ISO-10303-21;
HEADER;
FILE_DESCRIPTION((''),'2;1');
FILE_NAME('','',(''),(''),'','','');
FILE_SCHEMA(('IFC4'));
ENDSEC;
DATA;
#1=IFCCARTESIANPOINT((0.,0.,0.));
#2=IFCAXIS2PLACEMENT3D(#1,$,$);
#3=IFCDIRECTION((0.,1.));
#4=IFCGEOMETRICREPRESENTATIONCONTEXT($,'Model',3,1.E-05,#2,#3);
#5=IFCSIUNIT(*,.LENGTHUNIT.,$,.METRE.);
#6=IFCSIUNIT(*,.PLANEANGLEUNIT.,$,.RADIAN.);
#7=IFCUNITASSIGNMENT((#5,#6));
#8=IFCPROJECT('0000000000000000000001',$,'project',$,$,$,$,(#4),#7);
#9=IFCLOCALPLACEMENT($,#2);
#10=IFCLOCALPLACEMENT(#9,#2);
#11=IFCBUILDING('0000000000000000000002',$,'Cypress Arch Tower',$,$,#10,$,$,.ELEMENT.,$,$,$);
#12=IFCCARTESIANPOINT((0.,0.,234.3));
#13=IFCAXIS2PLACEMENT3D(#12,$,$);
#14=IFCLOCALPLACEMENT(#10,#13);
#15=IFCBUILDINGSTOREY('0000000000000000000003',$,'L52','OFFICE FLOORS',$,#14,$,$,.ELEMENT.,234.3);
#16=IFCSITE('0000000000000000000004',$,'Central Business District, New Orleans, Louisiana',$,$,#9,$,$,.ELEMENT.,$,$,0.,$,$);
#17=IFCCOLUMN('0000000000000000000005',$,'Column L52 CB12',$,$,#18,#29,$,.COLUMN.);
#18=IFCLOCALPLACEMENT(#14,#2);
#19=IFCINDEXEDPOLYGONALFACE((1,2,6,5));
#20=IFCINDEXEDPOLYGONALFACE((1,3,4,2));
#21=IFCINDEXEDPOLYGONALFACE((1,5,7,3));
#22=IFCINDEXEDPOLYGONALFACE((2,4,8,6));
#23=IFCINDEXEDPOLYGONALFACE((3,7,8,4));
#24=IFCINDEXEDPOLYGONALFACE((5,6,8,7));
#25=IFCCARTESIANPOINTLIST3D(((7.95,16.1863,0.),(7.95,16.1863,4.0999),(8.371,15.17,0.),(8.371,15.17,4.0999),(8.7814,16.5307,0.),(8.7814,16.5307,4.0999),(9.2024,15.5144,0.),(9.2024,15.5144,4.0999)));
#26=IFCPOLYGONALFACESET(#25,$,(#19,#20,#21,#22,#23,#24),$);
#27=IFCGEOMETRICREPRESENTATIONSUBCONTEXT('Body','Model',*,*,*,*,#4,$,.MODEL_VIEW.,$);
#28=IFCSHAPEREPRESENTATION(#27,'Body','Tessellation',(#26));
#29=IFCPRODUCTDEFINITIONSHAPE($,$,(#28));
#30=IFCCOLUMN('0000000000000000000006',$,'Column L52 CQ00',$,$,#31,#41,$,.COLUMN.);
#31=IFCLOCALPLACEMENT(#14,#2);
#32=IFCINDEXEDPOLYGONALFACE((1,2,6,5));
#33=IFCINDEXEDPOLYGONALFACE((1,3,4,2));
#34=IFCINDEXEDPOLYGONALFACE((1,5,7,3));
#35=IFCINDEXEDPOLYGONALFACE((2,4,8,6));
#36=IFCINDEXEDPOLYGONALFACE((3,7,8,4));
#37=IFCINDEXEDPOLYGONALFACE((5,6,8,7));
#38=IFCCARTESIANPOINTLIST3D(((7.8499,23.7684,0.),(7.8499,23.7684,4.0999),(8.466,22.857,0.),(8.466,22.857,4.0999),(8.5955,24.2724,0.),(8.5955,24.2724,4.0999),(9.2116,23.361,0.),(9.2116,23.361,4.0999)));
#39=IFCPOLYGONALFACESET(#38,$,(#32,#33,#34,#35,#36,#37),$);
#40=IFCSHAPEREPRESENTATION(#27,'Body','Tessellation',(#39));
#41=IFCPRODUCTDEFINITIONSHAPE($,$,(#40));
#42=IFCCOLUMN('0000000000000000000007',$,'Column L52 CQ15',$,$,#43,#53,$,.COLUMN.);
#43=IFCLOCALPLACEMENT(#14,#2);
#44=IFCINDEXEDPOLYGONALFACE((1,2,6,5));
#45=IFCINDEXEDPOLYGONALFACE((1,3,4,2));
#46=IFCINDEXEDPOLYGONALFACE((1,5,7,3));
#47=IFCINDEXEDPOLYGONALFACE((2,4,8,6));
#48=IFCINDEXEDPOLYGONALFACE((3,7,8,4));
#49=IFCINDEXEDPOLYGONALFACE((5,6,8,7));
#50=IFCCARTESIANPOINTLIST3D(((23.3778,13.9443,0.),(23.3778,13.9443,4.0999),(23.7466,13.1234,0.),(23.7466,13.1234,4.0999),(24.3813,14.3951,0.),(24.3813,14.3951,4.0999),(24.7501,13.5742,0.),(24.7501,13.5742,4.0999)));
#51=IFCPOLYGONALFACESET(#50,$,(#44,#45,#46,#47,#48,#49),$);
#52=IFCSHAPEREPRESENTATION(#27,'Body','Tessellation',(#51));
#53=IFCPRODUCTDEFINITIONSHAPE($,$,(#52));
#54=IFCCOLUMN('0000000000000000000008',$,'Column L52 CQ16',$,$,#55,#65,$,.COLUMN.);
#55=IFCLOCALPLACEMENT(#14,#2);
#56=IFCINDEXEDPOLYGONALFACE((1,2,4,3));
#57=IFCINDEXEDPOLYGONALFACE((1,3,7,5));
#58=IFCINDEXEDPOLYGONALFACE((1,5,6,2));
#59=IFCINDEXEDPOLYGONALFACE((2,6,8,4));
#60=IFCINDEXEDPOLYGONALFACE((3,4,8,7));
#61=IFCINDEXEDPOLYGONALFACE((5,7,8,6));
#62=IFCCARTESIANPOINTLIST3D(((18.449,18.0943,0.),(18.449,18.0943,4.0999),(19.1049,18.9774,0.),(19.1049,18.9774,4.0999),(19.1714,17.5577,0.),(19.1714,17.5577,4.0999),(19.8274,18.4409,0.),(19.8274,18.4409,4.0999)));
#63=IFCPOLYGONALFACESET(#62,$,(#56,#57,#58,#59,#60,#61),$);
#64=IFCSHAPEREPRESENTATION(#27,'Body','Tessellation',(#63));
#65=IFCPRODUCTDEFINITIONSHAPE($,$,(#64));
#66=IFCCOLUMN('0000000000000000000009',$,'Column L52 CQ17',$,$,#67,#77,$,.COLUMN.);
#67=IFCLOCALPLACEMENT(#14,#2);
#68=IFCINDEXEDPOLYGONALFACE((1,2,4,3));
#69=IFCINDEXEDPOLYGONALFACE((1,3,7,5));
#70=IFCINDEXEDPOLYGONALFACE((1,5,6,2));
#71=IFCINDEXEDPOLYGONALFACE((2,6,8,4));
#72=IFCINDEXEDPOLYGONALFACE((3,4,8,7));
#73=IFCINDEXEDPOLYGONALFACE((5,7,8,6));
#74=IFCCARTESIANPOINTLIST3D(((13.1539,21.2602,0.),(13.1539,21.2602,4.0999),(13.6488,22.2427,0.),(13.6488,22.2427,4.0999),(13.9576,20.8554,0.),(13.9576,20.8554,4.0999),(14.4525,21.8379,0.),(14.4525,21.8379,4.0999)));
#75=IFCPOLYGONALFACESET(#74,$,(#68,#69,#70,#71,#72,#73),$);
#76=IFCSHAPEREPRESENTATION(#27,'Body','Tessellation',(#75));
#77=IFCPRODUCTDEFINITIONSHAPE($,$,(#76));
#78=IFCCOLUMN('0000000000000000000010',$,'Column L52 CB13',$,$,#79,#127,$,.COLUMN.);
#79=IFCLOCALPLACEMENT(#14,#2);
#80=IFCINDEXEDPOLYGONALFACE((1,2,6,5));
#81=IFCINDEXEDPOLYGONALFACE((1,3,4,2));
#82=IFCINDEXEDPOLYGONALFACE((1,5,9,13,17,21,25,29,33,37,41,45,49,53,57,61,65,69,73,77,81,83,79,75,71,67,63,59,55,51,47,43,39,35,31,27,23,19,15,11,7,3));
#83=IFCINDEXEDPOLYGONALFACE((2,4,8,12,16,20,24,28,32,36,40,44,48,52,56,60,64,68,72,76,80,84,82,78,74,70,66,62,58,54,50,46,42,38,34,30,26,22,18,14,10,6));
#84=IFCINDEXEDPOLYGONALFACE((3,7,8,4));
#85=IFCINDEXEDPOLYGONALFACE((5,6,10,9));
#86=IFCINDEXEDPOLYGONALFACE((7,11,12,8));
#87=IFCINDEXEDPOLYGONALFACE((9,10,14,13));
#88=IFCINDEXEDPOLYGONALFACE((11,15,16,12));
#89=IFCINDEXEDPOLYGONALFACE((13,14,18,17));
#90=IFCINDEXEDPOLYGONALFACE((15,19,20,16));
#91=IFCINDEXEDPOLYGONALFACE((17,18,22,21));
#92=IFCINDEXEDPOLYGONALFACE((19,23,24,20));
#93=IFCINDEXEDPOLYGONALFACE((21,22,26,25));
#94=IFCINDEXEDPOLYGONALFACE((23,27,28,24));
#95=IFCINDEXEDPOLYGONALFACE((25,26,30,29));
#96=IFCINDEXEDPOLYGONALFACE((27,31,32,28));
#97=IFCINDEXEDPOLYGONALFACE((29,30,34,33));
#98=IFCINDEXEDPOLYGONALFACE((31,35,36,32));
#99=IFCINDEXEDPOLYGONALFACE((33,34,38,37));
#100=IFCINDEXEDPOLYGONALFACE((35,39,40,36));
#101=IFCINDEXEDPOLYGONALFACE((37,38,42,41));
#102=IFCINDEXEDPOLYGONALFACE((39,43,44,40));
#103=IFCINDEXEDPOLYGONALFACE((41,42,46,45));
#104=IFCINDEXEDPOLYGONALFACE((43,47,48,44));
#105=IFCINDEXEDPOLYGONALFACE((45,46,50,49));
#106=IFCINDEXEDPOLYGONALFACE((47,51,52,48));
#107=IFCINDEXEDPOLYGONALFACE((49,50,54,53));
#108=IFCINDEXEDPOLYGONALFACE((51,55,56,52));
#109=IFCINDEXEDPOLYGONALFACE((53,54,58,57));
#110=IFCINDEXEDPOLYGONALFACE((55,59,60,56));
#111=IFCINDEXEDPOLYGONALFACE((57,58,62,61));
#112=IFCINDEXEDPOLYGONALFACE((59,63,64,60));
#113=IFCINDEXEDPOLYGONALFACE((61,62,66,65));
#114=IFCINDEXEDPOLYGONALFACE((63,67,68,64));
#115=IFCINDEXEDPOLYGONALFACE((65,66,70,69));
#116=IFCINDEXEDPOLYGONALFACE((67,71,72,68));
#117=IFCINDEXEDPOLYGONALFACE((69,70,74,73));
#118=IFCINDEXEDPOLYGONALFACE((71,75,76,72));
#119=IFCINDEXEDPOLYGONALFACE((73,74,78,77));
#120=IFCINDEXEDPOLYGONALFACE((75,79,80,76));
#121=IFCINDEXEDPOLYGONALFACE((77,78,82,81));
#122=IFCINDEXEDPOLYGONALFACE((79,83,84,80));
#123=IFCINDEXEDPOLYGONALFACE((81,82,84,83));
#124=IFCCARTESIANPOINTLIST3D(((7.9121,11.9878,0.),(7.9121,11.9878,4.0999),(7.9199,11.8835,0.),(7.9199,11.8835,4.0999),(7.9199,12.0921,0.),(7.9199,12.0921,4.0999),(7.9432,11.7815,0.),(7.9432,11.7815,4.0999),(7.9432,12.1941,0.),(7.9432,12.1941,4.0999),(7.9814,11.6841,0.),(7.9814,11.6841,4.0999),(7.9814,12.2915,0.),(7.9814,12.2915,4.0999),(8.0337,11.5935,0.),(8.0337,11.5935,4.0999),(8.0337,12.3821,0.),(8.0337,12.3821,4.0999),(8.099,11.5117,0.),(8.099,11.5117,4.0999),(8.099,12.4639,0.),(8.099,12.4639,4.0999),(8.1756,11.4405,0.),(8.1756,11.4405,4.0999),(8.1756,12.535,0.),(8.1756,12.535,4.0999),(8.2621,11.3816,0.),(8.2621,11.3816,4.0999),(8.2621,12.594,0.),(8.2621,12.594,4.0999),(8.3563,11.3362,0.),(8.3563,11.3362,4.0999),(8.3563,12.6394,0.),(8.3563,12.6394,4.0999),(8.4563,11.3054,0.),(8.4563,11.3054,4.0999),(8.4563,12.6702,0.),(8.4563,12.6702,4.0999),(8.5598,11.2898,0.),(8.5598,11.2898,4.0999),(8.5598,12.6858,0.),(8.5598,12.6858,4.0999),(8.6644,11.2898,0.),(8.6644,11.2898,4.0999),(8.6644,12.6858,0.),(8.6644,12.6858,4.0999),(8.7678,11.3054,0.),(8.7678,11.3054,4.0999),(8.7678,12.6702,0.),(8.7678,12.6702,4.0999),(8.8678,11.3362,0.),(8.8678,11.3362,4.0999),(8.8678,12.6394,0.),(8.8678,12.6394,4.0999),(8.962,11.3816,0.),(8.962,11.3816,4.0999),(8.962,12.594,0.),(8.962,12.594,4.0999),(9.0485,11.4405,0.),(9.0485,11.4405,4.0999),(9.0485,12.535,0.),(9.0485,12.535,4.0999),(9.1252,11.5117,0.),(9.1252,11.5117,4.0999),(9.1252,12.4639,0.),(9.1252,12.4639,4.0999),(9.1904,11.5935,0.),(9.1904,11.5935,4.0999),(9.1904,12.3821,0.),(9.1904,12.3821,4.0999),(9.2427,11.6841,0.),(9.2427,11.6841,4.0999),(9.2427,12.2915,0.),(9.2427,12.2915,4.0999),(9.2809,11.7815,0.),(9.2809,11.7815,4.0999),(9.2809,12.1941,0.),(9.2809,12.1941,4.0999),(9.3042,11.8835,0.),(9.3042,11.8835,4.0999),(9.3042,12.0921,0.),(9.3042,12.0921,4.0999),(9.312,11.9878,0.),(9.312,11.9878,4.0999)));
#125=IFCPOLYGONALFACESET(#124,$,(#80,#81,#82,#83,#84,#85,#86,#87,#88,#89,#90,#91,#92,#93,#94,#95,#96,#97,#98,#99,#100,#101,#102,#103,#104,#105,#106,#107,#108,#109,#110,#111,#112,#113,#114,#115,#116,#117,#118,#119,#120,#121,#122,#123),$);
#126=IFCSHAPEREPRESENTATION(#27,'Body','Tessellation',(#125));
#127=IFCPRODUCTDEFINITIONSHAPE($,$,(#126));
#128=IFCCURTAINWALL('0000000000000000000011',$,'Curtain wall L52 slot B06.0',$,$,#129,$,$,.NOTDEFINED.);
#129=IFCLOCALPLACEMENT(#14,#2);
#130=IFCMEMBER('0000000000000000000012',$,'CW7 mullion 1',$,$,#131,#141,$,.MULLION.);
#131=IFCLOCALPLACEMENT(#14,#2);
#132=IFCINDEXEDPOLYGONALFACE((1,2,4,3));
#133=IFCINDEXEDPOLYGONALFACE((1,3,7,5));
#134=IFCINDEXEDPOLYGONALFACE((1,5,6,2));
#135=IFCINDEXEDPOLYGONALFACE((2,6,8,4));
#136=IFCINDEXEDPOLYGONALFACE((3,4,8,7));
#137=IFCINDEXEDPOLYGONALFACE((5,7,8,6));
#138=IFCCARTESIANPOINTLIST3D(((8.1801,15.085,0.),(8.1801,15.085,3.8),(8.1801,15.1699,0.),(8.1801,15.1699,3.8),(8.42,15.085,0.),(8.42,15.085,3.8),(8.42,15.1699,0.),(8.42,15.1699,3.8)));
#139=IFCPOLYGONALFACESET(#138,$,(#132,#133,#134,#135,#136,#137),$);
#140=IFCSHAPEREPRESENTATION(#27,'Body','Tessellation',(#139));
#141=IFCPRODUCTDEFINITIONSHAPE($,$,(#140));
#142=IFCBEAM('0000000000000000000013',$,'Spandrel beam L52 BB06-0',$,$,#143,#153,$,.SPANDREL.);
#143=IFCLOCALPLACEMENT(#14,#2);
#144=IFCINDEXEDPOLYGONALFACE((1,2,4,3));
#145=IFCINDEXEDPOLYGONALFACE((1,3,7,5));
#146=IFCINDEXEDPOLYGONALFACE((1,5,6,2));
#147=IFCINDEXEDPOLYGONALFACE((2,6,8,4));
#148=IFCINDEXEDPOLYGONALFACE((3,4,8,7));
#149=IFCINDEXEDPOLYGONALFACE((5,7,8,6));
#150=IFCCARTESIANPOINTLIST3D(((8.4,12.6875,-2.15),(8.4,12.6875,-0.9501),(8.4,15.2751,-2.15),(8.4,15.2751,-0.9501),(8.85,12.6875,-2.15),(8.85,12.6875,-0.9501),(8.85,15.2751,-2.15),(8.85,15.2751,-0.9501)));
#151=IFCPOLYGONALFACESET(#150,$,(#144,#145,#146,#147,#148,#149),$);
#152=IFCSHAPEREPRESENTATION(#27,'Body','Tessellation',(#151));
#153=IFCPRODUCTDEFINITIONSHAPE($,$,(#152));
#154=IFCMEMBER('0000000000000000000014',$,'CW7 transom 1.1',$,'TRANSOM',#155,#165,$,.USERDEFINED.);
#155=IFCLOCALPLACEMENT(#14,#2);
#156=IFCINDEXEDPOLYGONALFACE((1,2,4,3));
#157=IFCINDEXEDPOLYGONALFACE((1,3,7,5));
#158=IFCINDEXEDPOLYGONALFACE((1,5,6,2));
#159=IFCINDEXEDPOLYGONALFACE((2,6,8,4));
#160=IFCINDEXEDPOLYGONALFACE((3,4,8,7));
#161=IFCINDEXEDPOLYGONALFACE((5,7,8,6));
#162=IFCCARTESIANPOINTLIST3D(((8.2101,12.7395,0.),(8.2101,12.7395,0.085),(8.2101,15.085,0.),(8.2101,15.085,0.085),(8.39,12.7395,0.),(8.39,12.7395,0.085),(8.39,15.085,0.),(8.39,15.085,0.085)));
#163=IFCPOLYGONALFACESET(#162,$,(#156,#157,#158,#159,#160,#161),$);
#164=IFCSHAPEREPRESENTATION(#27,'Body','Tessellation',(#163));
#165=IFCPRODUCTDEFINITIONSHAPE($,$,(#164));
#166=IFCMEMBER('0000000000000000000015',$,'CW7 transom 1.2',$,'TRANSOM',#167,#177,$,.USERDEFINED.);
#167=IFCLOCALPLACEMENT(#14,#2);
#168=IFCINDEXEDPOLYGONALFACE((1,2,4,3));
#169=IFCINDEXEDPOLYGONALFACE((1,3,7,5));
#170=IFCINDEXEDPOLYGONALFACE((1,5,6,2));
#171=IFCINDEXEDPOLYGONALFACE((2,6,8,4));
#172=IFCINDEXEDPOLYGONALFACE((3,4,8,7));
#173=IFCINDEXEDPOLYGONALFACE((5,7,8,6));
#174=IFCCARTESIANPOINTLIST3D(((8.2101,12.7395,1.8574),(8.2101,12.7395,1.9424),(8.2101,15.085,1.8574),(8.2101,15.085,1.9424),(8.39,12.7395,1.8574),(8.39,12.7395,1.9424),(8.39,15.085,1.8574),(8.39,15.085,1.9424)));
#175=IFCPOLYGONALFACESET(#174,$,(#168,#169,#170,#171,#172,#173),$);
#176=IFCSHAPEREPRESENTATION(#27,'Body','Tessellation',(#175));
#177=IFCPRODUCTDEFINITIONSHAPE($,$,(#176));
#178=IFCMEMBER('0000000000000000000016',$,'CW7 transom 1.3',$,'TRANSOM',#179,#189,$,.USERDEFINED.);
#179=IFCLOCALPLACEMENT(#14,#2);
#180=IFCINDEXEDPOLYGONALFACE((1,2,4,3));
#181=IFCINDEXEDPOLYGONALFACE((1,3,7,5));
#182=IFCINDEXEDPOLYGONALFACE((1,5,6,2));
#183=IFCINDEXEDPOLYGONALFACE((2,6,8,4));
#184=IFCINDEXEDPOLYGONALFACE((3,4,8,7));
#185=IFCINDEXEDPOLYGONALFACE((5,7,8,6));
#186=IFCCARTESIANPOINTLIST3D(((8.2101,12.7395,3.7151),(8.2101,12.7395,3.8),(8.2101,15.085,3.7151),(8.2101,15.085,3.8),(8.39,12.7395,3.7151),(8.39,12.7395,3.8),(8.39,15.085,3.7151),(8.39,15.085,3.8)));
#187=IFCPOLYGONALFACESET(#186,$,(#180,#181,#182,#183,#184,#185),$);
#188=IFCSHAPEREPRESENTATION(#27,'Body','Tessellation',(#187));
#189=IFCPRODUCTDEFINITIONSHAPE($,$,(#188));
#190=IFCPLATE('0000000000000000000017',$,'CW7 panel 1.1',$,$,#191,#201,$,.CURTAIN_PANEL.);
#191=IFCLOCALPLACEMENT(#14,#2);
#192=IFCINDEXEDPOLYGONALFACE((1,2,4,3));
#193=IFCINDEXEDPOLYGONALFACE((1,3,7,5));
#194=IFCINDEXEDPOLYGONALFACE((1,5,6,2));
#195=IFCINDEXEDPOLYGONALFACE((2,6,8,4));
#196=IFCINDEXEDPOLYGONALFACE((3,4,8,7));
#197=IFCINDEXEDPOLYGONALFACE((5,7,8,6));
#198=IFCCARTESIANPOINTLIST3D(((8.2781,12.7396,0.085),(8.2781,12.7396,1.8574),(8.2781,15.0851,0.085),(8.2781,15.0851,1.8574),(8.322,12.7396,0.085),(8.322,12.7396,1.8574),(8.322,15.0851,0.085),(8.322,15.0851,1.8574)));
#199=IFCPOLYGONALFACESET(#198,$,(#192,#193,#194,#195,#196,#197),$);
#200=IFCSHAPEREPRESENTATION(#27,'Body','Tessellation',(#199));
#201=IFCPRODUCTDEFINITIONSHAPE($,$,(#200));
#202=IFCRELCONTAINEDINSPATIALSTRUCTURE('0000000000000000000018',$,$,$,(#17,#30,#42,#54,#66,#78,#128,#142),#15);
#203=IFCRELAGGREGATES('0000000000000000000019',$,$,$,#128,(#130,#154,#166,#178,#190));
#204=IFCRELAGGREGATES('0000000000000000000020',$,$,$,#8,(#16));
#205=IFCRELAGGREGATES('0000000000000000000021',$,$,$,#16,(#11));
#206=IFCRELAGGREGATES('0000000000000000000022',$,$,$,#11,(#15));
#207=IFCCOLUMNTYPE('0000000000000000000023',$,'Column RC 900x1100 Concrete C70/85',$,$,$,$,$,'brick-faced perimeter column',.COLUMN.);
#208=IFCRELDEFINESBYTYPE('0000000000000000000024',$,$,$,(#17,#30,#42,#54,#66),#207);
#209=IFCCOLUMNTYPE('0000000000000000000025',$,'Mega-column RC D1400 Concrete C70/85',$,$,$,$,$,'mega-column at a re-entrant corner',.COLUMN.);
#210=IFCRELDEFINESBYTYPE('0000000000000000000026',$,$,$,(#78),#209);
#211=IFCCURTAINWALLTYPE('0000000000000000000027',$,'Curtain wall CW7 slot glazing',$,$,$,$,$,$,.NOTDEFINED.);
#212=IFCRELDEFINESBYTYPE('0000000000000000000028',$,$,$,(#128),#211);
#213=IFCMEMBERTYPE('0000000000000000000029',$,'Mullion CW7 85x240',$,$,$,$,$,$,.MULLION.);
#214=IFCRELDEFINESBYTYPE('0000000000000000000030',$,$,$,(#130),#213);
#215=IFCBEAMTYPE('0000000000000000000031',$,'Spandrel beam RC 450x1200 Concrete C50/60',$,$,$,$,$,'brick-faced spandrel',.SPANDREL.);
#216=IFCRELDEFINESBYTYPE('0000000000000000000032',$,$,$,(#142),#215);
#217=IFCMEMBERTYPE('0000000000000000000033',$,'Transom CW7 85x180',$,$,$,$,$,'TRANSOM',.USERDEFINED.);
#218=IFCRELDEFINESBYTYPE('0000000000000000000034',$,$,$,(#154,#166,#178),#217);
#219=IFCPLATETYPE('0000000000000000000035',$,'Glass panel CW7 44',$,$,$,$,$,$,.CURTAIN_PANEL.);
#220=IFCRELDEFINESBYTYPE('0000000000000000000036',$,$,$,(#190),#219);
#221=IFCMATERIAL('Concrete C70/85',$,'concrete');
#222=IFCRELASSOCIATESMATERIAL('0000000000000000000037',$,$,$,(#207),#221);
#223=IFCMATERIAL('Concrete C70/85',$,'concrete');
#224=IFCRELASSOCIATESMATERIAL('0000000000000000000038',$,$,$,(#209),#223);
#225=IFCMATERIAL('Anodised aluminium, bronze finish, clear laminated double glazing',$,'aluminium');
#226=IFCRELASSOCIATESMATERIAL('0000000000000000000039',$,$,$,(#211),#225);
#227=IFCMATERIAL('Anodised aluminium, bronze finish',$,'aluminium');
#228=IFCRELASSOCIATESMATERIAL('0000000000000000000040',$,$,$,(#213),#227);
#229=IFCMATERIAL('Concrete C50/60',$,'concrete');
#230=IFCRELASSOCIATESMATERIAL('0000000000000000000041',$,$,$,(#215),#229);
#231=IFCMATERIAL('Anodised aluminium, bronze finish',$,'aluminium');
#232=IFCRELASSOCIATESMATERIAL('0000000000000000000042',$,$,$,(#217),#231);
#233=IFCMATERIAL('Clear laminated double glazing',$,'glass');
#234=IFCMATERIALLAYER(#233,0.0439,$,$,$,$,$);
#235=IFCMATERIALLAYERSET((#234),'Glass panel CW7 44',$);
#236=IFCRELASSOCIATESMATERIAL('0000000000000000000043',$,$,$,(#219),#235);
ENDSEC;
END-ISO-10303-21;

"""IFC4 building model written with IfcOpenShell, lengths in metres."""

from ifc_helpers import new_model, si_unit, direction, frame, origin, origin_2d, place, context, subcontext, project, spatial, rectangle, circle, extrude, material, layer, layer_set, material_profile, profile_set, type_object, element, aggregate, save


model = new_model("IFC4")

# Units and contexts
model_context = context("Model", 3, precision=1e-05, world=origin(), true_north=direction((0.0, 1.0)))
body_context = subcontext(model_context, "Body", "Model", "MODEL_VIEW")
ifc_project = project(units=[si_unit("LENGTHUNIT", "METRE"), si_unit("PLANEANGLEUNIT", "RADIAN")], contexts=[model_context])

# Site, building, storey
site_placement = place(None, origin())
site = spatial("IfcSite", under=ifc_project, at=site_placement, Name="Central Business District, New Orleans, Louisiana", CompositionType="ELEMENT", RefElevation=0.0)
building_placement = place(site_placement, origin())
building = spatial("IfcBuilding", under=site, at=building_placement, Name="Cypress Arch Tower", CompositionType="ELEMENT")
storey_placement = place(building_placement, frame((0.0, 0.0, 234.3)))
storey = spatial("IfcBuildingStorey", under=building, at=storey_placement, Name="L52", Description="OFFICE FLOORS", CompositionType="ELEMENT", Elevation=234.3)

# Columns
ifc_material_1 = material(Name="Concrete C70/85", Category="concrete")
ifc_material_profile_1 = material_profile(ifc_material_1, rectangle(XDim=0.8999, YDim=1.1001, at=origin_2d()), Name="RC 900x1100")
ifc_profile_set_1 = profile_set([ifc_material_profile_1], Name="Concrete C70/85")
column_type_1 = type_object("IfcColumnType", Name="Column RC 900x1100 Concrete C70/85", ElementType="brick-faced perimeter column", PredefinedType="COLUMN", material=ifc_profile_set_1)
for number, where, z_axis, x_axis, name in (
    (1, (8.5762, 15.8503, 0.0), (0.0, 0.0, 1.0), (-0.92388, -0.382683, 0.0), "Column L52 CB12"),
    (2, (8.5308, 23.5647, 0.0), (0.0, 0.0, 1.0), (-0.82847, -0.560034, 0.0), "Column L52 CQ00"),
    (3, (24.064, 13.7593, 0.0), (0.0, 0.0, 1.0), (-0.409765, 0.912191, 0.0), "Column L52 CQ15"),
    (4, (19.1382, 18.2676, 0.0), (0.0, 0.0, 1.0), (-0.802799, 0.59625, 0.0), "Column L52 CQ16"),
    (5, (13.8032, 21.5491, 0.0), (0.0, 0.0, 1.0), (-0.893106, 0.449845, 0.0), "Column L52 CQ17"),
):
    element("IfcColumn", number, at=place(storey_placement, frame(where, z_axis=z_axis, x_axis=x_axis)), inside=storey, type_object=column_type_1, Name=name, PredefinedType="COLUMN", context=body_context, shape_type="SweptSolid", body=[
        extrude(rectangle(XDim=0.8999, YDim=1.1001, at=origin_2d()), origin(), (0.0, 0.0, 1.0), 4.0999),
    ])
ifc_material_2 = material(Name="Concrete C70/85", Category="concrete")
ifc_material_profile_2 = material_profile(ifc_material_2, circle(Radius=0.7, at=origin_2d()), Name="RC D1400")
ifc_profile_set_2 = profile_set([ifc_material_profile_2], Name="Concrete C70/85")
column_type_2 = type_object("IfcColumnType", Name="Mega-column RC D1400 Concrete C70/85", ElementType="mega-column at a re-entrant corner", PredefinedType="COLUMN", material=ifc_profile_set_2)
column_placement = place(storey_placement, frame((8.6121, 11.9878, 0.0), z_axis=(0.0, 0.0, 1.0), x_axis=(1.0, 0.0, 0.0)))
element("IfcColumn", 6, at=column_placement, inside=storey, type_object=column_type_2, Name="Column L52 CB13", PredefinedType="COLUMN", context=body_context, shape_type="SweptSolid", body=[
    extrude(circle(Radius=0.7, at=origin_2d()), origin(), (0.0, 0.0, 1.0), 4.0999),
])

# Curtain wall, member
ifc_material_3 = material(Name="Anodised aluminium, bronze finish, clear laminated double glazing", Category="aluminium")
curtain_wall_type = type_object("IfcCurtainWallType", Name="Curtain wall CW7 slot glazing", PredefinedType="NOTDEFINED", material=ifc_material_3)
curtain_wall_placement = place(storey_placement, origin())
curtain_wall = element("IfcCurtainWall", 7, at=curtain_wall_placement, inside=storey, type_object=curtain_wall_type, Name="Curtain wall L52 slot B06.0", PredefinedType="NOTDEFINED")
ifc_material_4 = material(Name="Anodised aluminium, bronze finish", Category="aluminium")
ifc_material_profile_3 = material_profile(ifc_material_4, rectangle(XDim=0.24, YDim=0.085, at=origin_2d()), Name="Mullion 85x240")
ifc_profile_set_3 = profile_set([ifc_material_profile_3], Name="Anodised aluminium, bronze finish")
member_type_1 = type_object("IfcMemberType", Name="Mullion CW7 85x240", PredefinedType="MULLION", material=ifc_profile_set_3)
member_1_placement = place(storey_placement, frame((8.3, 15.1274, 0.0), z_axis=(0.0, 0.0, 1.0), x_axis=(1.0, 0.0, 0.0)))
member_1 = element("IfcMember", 8, at=member_1_placement, type_object=member_type_1, Name="CW7 mullion 1", PredefinedType="MULLION", context=body_context, shape_type="SweptSolid", body=[
    extrude(rectangle(XDim=0.24, YDim=0.085, at=origin_2d()), origin(), (0.0, 0.0, 1.0), 3.8),
])

# Beam
ifc_material_5 = material(Name="Concrete C50/60", Category="concrete")
ifc_material_profile_4 = material_profile(ifc_material_5, rectangle(XDim=0.45, YDim=1.2, at=origin_2d()), Name="RC 450x1200")
ifc_profile_set_4 = profile_set([ifc_material_profile_4], Name="Concrete C50/60")
beam_type = type_object("IfcBeamType", Name="Spandrel beam RC 450x1200 Concrete C50/60", ElementType="brick-faced spandrel", PredefinedType="SPANDREL", material=ifc_profile_set_4)
beam_placement = place(storey_placement, frame((8.625, 15.2751, -1.55), z_axis=(0.0, -1.0, 0.0), x_axis=(1.0, 0.0, 0.0)))
element("IfcBeam", 9, at=beam_placement, inside=storey, type_object=beam_type, Name="Spandrel beam L52 BB06-0", PredefinedType="SPANDREL", context=body_context, shape_type="SweptSolid", body=[
    extrude(rectangle(XDim=0.45, YDim=1.2, at=origin_2d()), origin(), (0.0, 0.0, 1.0), 2.5876),
])

# Members
ifc_material_6 = material(Name="Anodised aluminium, bronze finish", Category="aluminium")
ifc_material_profile_5 = material_profile(ifc_material_6, rectangle(XDim=0.1799, YDim=0.085, at=origin_2d()), Name="Transom 85x180")
ifc_profile_set_5 = profile_set([ifc_material_profile_5], Name="Anodised aluminium, bronze finish")
member_type_2 = type_object("IfcMemberType", Name="Transom CW7 85x180", ElementType="TRANSOM", PredefinedType="USERDEFINED", material=ifc_profile_set_5)
member_2_placement = place(storey_placement, frame((8.3, 15.085, 0.0425), z_axis=(0.0, -1.0, 0.0), x_axis=(1.0, 0.0, 0.0)))
member_2 = element("IfcMember", 10, at=member_2_placement, type_object=member_type_2, Name="CW7 transom 1.1", ObjectType="TRANSOM", PredefinedType="USERDEFINED", context=body_context, shape_type="SweptSolid", body=[
    extrude(rectangle(XDim=0.1799, YDim=0.085, at=origin_2d()), origin(), (0.0, 0.0, 1.0), 2.3455),
])
member_3_placement = place(storey_placement, frame((8.3, 15.085, 1.8999), z_axis=(0.0, -1.0, 0.0), x_axis=(1.0, 0.0, 0.0)))
member_3 = element("IfcMember", 11, at=member_3_placement, type_object=member_type_2, Name="CW7 transom 1.2", ObjectType="TRANSOM", PredefinedType="USERDEFINED", context=body_context, shape_type="SweptSolid", body=[
    extrude(rectangle(XDim=0.1799, YDim=0.085, at=origin_2d()), origin(), (0.0, 0.0, 1.0), 2.3455),
])
member_4_placement = place(storey_placement, frame((8.3, 15.085, 3.7576), z_axis=(0.0, -1.0, 0.0), x_axis=(1.0, 0.0, 0.0)))
member_4 = element("IfcMember", 12, at=member_4_placement, type_object=member_type_2, Name="CW7 transom 1.3", ObjectType="TRANSOM", PredefinedType="USERDEFINED", context=body_context, shape_type="SweptSolid", body=[
    extrude(rectangle(XDim=0.1799, YDim=0.085, at=origin_2d()), origin(), (0.0, 0.0, 1.0), 2.3455),
])

# Plate
ifc_material_7 = material(Name="Clear laminated double glazing", Category="glass")
ifc_layer_1 = layer(ifc_material_7, 0.0439)
ifc_layer_set_1 = layer_set([ifc_layer_1], Name="Glass panel CW7 44")
plate_type = type_object("IfcPlateType", Name="Glass panel CW7 44", PredefinedType="CURTAIN_PANEL", material=ifc_layer_set_1)
plate_1_placement = place(storey_placement, frame((8.3, 13.9124, 0.085), z_axis=(0.0, 0.0, 1.0), x_axis=(0.0, -1.0, 0.0)))
plate_1 = element("IfcPlate", 13, at=plate_1_placement, type_object=plate_type, Name="CW7 panel 1.1", PredefinedType="CURTAIN_PANEL", context=body_context, shape_type="SweptSolid", body=[
    extrude(rectangle(XDim=2.3455, YDim=0.0439, at=origin_2d()), origin(), (0.0, 0.0, 1.0), 1.7725),
])
aggregate(curtain_wall, [member_1, member_2, member_3, member_4, plate_1])

save(model, "model.ifc")
